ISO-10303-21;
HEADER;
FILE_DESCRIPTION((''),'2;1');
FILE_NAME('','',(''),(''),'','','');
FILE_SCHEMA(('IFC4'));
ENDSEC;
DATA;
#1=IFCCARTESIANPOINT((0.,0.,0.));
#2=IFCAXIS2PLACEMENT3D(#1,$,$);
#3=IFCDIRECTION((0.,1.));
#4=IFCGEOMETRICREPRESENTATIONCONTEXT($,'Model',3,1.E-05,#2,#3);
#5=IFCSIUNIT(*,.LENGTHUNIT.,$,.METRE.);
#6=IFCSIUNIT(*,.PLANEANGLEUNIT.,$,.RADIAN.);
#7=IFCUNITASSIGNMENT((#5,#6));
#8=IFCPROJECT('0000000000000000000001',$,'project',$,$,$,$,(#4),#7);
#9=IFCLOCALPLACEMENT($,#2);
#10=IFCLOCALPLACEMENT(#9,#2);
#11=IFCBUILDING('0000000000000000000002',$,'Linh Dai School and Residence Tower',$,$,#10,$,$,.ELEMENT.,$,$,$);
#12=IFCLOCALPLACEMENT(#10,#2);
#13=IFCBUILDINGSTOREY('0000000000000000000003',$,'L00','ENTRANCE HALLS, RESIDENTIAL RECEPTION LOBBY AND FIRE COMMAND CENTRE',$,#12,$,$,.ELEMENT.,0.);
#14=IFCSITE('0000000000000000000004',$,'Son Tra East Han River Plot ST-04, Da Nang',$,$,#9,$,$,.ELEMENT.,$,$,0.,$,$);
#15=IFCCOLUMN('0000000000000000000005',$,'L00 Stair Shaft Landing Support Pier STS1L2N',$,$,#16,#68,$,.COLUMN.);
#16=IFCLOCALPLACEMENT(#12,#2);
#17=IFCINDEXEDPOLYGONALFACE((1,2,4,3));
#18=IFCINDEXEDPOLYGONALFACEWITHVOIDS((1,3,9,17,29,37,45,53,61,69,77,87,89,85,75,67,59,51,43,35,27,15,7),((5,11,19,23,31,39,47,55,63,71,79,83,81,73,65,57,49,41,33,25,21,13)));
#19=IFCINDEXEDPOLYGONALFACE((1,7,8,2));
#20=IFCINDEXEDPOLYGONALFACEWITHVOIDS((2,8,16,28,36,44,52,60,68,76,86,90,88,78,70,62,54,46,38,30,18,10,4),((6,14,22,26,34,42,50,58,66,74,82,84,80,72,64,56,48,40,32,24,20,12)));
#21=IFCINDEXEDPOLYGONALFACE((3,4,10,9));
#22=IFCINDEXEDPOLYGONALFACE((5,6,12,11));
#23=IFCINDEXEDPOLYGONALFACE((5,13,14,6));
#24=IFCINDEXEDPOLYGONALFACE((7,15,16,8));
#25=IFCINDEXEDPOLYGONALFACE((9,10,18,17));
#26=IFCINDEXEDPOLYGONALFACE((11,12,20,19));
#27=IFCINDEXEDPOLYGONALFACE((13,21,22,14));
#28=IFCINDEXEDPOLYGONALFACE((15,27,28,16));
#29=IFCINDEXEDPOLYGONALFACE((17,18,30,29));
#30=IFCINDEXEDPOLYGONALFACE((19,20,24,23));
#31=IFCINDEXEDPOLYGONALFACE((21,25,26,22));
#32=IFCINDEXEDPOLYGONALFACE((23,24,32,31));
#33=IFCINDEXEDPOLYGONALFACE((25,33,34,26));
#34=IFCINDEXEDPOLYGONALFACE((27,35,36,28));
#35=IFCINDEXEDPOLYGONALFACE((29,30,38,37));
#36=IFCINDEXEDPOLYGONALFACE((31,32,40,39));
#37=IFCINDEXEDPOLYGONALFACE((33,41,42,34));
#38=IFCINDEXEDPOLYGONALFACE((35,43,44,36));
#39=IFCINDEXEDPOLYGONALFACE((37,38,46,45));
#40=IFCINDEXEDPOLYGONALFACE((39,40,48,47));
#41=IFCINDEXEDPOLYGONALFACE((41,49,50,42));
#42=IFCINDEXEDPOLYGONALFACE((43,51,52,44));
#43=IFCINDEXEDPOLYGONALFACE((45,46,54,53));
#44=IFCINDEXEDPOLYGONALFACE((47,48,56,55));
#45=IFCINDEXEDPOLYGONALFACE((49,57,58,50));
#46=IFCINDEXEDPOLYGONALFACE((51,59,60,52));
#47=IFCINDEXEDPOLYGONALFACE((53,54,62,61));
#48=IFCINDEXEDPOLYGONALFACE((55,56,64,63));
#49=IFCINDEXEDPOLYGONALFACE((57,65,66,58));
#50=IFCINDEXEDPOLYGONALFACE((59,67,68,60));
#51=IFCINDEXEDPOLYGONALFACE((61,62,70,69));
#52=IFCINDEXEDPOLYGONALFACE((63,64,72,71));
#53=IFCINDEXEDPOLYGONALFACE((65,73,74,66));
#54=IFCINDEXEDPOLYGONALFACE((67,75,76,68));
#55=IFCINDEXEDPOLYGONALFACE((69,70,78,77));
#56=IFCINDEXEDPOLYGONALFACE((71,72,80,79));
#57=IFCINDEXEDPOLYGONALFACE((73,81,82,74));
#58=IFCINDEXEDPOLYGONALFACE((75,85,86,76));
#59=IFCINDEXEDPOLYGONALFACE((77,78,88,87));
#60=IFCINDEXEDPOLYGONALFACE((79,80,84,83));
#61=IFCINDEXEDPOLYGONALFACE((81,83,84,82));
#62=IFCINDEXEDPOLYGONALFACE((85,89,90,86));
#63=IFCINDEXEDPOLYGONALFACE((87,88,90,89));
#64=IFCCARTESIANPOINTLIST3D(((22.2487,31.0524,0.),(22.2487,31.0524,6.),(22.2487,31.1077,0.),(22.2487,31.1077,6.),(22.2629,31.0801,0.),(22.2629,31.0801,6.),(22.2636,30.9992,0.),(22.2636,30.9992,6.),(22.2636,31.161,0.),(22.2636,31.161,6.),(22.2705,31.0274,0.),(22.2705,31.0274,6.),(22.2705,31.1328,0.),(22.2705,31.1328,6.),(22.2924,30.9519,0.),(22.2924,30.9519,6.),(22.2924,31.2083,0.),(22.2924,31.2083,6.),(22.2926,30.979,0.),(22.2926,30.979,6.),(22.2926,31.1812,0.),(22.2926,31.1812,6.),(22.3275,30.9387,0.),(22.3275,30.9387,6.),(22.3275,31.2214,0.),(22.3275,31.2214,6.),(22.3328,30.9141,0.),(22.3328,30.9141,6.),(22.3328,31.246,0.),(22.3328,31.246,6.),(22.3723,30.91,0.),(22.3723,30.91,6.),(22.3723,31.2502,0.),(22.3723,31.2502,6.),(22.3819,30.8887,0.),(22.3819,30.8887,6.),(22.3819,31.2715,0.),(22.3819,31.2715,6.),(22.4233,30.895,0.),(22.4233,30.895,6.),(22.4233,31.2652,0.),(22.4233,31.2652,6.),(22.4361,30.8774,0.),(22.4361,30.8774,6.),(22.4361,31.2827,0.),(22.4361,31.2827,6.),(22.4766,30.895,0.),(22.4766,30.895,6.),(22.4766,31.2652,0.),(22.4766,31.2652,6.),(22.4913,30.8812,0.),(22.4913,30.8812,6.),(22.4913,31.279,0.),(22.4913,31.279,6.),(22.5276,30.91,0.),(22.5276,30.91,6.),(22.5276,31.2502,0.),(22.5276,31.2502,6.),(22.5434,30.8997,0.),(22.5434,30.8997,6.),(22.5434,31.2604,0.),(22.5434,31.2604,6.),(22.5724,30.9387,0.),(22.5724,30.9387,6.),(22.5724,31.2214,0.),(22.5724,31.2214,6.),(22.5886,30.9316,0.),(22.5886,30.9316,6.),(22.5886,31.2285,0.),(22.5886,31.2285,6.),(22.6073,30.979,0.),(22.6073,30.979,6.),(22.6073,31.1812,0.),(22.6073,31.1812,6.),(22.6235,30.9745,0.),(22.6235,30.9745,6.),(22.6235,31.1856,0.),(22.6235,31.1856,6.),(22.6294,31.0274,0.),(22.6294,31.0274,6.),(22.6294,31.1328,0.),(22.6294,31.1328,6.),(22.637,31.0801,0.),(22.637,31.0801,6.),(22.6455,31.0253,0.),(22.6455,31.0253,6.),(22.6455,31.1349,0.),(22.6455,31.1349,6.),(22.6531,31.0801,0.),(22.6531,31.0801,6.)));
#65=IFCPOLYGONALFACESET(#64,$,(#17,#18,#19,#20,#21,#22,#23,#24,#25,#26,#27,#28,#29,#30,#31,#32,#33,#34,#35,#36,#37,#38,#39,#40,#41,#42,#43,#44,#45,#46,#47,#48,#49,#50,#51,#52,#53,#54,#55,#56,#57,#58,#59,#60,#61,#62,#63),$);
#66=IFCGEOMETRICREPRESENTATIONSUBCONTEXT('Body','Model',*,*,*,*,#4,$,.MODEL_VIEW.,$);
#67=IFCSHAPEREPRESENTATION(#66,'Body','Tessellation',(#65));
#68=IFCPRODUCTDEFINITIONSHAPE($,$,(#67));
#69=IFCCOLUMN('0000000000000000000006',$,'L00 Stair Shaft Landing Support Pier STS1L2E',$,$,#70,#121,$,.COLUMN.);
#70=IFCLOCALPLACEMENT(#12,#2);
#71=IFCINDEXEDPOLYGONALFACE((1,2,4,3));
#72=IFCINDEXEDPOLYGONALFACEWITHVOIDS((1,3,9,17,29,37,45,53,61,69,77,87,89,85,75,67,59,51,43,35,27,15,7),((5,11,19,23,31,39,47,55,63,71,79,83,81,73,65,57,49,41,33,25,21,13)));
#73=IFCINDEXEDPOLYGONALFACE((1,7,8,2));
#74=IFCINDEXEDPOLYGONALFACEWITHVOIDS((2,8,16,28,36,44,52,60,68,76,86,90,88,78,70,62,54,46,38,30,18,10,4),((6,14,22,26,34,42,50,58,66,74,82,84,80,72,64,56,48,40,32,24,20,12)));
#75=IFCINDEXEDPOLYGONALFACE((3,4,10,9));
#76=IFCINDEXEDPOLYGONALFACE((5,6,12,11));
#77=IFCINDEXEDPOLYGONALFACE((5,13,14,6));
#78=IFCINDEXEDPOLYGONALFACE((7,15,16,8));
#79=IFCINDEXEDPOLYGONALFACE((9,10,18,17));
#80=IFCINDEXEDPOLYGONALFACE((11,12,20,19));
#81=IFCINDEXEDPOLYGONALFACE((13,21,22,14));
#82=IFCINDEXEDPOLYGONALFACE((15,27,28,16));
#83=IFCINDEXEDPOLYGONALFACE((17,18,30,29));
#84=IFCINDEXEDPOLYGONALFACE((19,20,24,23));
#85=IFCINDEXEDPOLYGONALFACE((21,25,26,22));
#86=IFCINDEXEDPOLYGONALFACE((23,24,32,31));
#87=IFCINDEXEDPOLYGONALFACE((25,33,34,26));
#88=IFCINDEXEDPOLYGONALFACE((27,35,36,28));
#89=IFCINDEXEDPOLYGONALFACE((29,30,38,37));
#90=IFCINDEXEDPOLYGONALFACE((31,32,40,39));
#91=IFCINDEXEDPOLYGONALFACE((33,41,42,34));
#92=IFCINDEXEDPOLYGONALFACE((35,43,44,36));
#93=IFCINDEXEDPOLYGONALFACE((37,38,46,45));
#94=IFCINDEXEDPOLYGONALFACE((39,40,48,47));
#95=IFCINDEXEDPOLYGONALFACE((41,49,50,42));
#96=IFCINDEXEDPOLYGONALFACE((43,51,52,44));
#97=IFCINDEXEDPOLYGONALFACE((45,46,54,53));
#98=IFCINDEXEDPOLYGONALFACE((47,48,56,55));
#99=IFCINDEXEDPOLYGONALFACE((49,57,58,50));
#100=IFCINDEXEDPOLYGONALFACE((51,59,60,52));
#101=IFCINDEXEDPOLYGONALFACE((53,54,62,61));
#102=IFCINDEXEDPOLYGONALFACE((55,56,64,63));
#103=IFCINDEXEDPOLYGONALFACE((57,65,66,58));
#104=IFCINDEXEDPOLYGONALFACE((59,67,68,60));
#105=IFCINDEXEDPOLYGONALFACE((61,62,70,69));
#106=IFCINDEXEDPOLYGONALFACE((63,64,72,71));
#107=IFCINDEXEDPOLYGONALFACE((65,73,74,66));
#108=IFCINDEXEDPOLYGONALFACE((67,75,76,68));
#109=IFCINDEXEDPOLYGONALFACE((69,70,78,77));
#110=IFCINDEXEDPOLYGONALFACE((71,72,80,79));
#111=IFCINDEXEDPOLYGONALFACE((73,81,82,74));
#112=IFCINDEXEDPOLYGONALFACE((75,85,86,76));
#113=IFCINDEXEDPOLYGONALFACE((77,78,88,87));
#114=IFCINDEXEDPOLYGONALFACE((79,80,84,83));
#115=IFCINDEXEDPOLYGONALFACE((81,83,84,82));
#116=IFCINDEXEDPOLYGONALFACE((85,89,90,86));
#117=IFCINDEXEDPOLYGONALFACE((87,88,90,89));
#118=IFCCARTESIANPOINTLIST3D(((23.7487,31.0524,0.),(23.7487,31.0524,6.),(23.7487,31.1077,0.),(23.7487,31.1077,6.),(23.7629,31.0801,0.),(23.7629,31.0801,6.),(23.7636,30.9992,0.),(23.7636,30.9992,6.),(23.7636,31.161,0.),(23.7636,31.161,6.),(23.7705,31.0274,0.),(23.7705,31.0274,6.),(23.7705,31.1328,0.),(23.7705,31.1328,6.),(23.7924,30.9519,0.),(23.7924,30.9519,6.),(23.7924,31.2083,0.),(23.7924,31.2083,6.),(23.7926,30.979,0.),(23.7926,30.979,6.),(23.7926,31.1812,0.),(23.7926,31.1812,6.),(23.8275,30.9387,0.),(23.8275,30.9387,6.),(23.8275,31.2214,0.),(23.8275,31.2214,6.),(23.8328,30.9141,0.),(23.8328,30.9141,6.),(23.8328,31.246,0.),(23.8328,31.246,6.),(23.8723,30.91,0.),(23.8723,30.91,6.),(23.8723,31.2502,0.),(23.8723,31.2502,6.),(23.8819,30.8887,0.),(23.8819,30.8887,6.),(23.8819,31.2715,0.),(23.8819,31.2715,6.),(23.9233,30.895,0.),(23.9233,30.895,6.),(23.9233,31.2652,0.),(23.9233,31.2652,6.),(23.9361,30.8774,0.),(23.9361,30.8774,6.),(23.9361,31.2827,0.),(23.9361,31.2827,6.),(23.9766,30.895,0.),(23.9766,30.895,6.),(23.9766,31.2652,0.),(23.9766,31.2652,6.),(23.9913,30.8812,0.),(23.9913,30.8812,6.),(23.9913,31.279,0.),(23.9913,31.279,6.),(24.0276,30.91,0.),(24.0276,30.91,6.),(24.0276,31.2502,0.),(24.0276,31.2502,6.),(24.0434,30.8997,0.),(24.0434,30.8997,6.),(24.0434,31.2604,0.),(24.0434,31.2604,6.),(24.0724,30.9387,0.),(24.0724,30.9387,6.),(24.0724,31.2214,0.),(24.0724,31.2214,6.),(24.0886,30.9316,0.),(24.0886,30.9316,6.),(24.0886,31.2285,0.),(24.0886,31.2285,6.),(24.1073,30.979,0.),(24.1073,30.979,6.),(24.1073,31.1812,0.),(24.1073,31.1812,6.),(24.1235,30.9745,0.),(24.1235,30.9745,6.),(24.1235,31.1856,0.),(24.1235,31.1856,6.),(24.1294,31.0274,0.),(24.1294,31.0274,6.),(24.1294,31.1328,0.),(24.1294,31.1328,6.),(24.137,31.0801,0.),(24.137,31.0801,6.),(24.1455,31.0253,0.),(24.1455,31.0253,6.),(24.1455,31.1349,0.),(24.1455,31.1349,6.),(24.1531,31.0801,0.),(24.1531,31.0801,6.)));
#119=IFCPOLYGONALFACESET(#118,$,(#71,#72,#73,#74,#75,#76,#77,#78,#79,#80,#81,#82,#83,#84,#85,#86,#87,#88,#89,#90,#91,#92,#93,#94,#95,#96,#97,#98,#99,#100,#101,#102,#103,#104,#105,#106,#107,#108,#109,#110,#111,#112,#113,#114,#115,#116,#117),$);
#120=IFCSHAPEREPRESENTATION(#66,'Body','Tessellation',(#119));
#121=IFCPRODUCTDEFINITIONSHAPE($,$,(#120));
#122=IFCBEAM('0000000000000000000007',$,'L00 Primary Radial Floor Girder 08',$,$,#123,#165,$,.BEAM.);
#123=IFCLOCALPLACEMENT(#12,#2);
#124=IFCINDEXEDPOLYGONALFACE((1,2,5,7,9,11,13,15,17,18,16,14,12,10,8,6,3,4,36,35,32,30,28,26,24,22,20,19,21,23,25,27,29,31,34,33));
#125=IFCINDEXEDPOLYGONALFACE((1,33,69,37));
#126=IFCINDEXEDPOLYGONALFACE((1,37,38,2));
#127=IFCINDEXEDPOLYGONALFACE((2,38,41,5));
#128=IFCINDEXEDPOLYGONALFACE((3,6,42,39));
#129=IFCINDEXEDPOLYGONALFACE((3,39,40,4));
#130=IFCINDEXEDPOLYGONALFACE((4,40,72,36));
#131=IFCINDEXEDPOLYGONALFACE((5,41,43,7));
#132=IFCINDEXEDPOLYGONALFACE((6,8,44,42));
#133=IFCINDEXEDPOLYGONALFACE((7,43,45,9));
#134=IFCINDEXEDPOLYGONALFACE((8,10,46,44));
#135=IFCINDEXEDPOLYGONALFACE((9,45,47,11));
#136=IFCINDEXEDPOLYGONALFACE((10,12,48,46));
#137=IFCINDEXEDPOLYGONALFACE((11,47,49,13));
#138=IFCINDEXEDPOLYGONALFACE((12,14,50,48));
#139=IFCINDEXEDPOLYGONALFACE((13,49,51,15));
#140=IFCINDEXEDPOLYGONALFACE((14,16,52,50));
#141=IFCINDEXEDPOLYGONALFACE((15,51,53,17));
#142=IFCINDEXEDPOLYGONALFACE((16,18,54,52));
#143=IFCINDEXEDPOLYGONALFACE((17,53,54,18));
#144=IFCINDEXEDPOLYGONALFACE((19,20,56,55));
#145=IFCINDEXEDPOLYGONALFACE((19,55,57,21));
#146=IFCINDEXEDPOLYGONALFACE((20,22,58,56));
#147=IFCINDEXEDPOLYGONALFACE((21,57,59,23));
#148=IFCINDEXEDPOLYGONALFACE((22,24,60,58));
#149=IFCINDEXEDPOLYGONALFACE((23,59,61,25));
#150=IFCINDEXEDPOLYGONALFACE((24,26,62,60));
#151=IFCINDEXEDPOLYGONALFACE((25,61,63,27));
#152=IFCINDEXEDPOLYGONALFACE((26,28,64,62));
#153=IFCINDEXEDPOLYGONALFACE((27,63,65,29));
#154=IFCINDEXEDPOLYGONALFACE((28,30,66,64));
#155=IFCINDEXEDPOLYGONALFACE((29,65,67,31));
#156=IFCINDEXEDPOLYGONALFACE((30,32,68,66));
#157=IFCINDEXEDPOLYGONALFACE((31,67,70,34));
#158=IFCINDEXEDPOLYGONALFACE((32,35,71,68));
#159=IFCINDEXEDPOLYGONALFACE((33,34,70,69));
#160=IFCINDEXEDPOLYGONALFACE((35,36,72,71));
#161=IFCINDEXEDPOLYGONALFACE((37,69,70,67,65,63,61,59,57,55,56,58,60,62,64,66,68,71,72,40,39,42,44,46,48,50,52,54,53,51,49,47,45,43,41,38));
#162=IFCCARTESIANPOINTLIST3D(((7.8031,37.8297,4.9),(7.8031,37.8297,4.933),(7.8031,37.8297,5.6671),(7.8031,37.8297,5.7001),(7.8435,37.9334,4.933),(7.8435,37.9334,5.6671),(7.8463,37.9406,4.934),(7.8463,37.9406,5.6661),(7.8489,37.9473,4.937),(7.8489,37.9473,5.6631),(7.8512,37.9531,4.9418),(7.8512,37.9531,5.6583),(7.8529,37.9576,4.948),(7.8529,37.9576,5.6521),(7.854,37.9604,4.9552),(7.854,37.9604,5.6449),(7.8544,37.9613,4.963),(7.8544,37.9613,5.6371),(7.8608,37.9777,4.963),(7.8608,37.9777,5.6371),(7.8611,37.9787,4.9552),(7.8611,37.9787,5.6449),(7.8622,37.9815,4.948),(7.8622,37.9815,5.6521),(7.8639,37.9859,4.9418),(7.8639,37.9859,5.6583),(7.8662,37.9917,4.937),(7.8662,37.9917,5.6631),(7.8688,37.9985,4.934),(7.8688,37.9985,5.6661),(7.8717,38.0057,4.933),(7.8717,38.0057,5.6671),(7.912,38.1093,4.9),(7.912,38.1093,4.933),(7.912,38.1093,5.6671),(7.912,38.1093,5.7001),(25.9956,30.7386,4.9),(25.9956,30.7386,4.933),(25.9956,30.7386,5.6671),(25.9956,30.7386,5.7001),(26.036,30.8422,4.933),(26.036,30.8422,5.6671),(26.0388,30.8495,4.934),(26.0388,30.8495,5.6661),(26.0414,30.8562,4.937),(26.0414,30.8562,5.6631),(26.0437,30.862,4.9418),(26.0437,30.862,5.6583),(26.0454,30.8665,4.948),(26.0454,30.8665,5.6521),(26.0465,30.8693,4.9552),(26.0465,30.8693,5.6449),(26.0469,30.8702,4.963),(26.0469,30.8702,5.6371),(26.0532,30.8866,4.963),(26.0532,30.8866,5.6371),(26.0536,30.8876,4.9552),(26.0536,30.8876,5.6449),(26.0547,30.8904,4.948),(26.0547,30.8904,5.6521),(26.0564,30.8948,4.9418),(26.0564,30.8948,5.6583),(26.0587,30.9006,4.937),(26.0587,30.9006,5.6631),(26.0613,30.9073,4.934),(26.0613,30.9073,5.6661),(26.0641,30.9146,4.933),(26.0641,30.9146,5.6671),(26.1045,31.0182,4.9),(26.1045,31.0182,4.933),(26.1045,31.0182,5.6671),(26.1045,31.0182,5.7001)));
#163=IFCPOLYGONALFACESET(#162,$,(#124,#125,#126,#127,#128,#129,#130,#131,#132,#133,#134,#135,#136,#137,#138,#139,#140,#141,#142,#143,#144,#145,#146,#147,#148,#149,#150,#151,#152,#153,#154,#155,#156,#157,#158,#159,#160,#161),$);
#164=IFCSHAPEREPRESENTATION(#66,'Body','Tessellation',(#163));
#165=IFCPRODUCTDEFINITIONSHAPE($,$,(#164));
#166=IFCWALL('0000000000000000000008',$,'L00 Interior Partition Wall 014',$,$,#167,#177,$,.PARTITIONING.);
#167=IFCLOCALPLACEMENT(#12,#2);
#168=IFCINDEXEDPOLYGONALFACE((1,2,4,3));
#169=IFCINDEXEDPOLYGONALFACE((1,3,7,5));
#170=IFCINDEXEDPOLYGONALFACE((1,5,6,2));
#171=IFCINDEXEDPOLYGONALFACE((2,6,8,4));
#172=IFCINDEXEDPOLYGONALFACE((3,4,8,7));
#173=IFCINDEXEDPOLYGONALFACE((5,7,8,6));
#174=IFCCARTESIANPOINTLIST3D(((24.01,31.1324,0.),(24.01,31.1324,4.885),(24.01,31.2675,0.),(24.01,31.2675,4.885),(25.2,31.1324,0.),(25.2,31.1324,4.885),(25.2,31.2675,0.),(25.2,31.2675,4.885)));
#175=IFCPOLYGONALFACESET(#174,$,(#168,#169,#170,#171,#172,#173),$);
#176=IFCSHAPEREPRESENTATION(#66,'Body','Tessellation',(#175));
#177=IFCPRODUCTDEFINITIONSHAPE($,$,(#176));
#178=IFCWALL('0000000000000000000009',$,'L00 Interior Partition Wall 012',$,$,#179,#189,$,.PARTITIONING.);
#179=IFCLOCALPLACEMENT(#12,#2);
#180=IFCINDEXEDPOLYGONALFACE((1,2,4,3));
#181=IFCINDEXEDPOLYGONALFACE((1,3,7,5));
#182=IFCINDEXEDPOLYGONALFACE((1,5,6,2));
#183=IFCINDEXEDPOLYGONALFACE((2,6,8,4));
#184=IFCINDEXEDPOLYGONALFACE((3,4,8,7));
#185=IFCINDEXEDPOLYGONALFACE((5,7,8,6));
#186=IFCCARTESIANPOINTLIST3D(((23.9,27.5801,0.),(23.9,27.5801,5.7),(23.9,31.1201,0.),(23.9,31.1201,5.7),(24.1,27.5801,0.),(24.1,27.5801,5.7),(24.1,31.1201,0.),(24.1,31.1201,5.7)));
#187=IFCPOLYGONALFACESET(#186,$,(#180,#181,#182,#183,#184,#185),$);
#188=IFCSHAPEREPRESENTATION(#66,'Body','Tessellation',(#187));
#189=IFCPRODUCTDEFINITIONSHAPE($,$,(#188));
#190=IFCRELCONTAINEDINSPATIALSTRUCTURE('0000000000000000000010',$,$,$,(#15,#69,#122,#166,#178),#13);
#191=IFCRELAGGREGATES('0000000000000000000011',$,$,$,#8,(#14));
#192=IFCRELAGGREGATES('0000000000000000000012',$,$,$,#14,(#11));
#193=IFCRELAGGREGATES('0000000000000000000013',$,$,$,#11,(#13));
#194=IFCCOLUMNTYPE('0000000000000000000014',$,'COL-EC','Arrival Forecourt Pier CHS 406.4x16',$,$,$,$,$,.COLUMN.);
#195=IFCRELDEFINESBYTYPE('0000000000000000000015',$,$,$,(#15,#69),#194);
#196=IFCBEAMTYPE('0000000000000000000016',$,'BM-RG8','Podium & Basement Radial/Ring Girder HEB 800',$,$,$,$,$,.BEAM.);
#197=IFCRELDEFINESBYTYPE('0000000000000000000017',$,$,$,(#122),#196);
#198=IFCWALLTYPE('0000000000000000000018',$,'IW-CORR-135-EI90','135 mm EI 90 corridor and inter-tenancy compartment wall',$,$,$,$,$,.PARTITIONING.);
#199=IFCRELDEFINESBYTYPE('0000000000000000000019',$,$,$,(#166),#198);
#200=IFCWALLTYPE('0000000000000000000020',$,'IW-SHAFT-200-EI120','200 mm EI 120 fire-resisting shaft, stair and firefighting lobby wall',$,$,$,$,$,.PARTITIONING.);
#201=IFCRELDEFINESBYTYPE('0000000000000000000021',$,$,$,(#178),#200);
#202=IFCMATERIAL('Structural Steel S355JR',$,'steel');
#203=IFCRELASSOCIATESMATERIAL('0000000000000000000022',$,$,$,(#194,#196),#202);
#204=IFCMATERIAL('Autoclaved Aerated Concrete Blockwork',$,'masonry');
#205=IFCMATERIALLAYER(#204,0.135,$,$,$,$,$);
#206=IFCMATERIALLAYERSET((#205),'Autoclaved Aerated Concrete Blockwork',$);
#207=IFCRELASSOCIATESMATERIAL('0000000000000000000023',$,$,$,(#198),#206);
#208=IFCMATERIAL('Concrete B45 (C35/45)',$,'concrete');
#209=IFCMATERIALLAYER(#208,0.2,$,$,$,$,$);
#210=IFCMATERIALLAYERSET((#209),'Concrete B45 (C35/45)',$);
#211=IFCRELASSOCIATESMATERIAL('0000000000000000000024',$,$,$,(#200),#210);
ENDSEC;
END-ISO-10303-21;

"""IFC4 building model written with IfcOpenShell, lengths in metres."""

from ifc_helpers import new_model, si_unit, direction, frame, frame_2d, origin, origin_2d, place, context, subcontext, project, spatial, rectangle, hollow_circle, i_section, extrude, material, layer, layer_set, material_profile, profile_set, type_object, element, save


model = new_model("IFC4")

# Units and contexts
model_context = context("Model", 3, precision=1e-05, world=origin(), true_north=direction((0.0, 1.0)))
body_context = subcontext(model_context, "Body", "Model", "MODEL_VIEW")
ifc_project = project(units=[si_unit("LENGTHUNIT", "METRE"), si_unit("PLANEANGLEUNIT", "RADIAN")], contexts=[model_context])

# Site, building, storey
site_placement = place(None, origin())
site = spatial("IfcSite", under=ifc_project, at=site_placement, Name="Son Tra East Han River Plot ST-04, Da Nang", CompositionType="ELEMENT", RefElevation=0.0)
building_placement = place(site_placement, origin())
building = spatial("IfcBuilding", under=site, at=building_placement, Name="Linh Dai School and Residence Tower", CompositionType="ELEMENT")
storey_placement = place(building_placement, origin())
storey = spatial("IfcBuildingStorey", under=building, at=storey_placement, Name="L00", Description="ENTRANCE HALLS, RESIDENTIAL RECEPTION LOBBY AND FIRE COMMAND CENTRE", CompositionType="ELEMENT", Elevation=0.0)

# Columns
ifc_material_1 = material(Name="Structural Steel S355JR", Category="steel")
ifc_material_profile_1 = material_profile(ifc_material_1, hollow_circle(Radius=0.2031, WallThickness=0.0161, at=origin_2d()), Name="CHS 406.4x16")
ifc_profile_set_1 = profile_set([ifc_material_profile_1], Name="Structural Steel S355JR")
column_type = type_object("IfcColumnType", Name="COL-EC", Description="Arrival Forecourt Pier CHS 406.4x16", PredefinedType="COLUMN", material=ifc_profile_set_1)
for number, where, z_axis, x_axis, name in (
    (1, (22.45, 31.0801, 0.0), (0.0, 0.0, 1.0), (1.0, 0.0, 0.0), "L00 Stair Shaft Landing Support Pier STS1L2N"),
    (2, (23.95, 31.0801, 0.0), (0.0, 0.0, 1.0), (1.0, 0.0, 0.0), "L00 Stair Shaft Landing Support Pier STS1L2E"),
):
    element("IfcColumn", number, at=place(storey_placement, frame(where, z_axis=z_axis, x_axis=x_axis)), inside=storey, type_object=column_type, Name=name, PredefinedType="COLUMN", context=body_context, shape_type="SweptSolid", body=[
        extrude(hollow_circle(Radius=0.2031, WallThickness=0.0161, at=origin_2d()), origin(), (0.0, 0.0, 1.0), 6.0),
    ])

# Beam
ifc_material_profile_2 = material_profile(ifc_material_1, i_section(OverallWidth=0.3, OverallDepth=0.8, WebThickness=0.0176, FlangeThickness=0.033, FilletRadius=0.03, at=origin_2d()), Name="HEB 800")
ifc_profile_set_2 = profile_set([ifc_material_profile_2], Name="Structural Steel S355JR")
beam_type = type_object("IfcBeamType", Name="BM-RG8", Description="Podium & Basement Radial/Ring Girder HEB 800", PredefinedType="BEAM", material=ifc_profile_set_2)
beam_placement = place(storey_placement, frame((26.05, 30.8784, 5.3), z_axis=(-0.931723, 0.363169, 0.0), x_axis=(-0.363169, -0.931723, 0.0)))
element("IfcBeam", 3, at=beam_placement, inside=storey, type_object=beam_type, Name="L00 Primary Radial Floor Girder 08", PredefinedType="BEAM", context=body_context, shape_type="SweptSolid", body=[
    extrude(i_section(OverallWidth=0.3, OverallDepth=0.8, WebThickness=0.0176, FlangeThickness=0.033, FilletRadius=0.03, at=origin_2d()), origin(), (0.0, 0.0, 1.0), 19.5256),
])

# Walls
ifc_material_2 = material(Name="Autoclaved Aerated Concrete Blockwork", Category="masonry")
ifc_layer_1 = layer(ifc_material_2, 0.135)
ifc_layer_set_1 = layer_set([ifc_layer_1], Name="Autoclaved Aerated Concrete Blockwork")
wall_type_1 = type_object("IfcWallType", Name="IW-CORR-135-EI90", Description="135 mm EI 90 corridor and inter-tenancy compartment wall", PredefinedType="PARTITIONING", material=ifc_layer_set_1)
wall_1_placement = place(storey_placement, frame((24.01, 31.2, 0.0), z_axis=(0.0, 0.0, 1.0), x_axis=(1.0, 0.0, 0.0)))
element("IfcWall", 4, at=wall_1_placement, inside=storey, type_object=wall_type_1, Name="L00 Interior Partition Wall 014", PredefinedType="PARTITIONING", context=body_context, shape_type="SweptSolid", body=[
    extrude(rectangle(XDim=1.1899, YDim=0.135, at=frame_2d((0.595, 0.0))), origin(), (0.0, 0.0, 1.0), 4.885),
])
ifc_material_3 = material(Name="Concrete B45 (C35/45)", Category="concrete")
ifc_layer_2 = layer(ifc_material_3, 0.2)
ifc_layer_set_2 = layer_set([ifc_layer_2], Name="Concrete B45 (C35/45)")
wall_type_2 = type_object("IfcWallType", Name="IW-SHAFT-200-EI120", Description="200 mm EI 120 fire-resisting shaft, stair and firefighting lobby wall", PredefinedType="PARTITIONING", material=ifc_layer_set_2)
wall_2_placement = place(storey_placement, frame((24.0, 27.5801, 0.0), z_axis=(0.0, 0.0, 1.0), x_axis=(0.0, 1.0, 0.0)))
element("IfcWall", 5, at=wall_2_placement, inside=storey, type_object=wall_type_2, Name="L00 Interior Partition Wall 012", PredefinedType="PARTITIONING", context=body_context, shape_type="SweptSolid", body=[
    extrude(rectangle(XDim=3.54, YDim=0.2, at=frame_2d((1.77, 0.0))), origin(), (0.0, 0.0, 1.0), 5.7),
])

save(model, "model.ifc")
